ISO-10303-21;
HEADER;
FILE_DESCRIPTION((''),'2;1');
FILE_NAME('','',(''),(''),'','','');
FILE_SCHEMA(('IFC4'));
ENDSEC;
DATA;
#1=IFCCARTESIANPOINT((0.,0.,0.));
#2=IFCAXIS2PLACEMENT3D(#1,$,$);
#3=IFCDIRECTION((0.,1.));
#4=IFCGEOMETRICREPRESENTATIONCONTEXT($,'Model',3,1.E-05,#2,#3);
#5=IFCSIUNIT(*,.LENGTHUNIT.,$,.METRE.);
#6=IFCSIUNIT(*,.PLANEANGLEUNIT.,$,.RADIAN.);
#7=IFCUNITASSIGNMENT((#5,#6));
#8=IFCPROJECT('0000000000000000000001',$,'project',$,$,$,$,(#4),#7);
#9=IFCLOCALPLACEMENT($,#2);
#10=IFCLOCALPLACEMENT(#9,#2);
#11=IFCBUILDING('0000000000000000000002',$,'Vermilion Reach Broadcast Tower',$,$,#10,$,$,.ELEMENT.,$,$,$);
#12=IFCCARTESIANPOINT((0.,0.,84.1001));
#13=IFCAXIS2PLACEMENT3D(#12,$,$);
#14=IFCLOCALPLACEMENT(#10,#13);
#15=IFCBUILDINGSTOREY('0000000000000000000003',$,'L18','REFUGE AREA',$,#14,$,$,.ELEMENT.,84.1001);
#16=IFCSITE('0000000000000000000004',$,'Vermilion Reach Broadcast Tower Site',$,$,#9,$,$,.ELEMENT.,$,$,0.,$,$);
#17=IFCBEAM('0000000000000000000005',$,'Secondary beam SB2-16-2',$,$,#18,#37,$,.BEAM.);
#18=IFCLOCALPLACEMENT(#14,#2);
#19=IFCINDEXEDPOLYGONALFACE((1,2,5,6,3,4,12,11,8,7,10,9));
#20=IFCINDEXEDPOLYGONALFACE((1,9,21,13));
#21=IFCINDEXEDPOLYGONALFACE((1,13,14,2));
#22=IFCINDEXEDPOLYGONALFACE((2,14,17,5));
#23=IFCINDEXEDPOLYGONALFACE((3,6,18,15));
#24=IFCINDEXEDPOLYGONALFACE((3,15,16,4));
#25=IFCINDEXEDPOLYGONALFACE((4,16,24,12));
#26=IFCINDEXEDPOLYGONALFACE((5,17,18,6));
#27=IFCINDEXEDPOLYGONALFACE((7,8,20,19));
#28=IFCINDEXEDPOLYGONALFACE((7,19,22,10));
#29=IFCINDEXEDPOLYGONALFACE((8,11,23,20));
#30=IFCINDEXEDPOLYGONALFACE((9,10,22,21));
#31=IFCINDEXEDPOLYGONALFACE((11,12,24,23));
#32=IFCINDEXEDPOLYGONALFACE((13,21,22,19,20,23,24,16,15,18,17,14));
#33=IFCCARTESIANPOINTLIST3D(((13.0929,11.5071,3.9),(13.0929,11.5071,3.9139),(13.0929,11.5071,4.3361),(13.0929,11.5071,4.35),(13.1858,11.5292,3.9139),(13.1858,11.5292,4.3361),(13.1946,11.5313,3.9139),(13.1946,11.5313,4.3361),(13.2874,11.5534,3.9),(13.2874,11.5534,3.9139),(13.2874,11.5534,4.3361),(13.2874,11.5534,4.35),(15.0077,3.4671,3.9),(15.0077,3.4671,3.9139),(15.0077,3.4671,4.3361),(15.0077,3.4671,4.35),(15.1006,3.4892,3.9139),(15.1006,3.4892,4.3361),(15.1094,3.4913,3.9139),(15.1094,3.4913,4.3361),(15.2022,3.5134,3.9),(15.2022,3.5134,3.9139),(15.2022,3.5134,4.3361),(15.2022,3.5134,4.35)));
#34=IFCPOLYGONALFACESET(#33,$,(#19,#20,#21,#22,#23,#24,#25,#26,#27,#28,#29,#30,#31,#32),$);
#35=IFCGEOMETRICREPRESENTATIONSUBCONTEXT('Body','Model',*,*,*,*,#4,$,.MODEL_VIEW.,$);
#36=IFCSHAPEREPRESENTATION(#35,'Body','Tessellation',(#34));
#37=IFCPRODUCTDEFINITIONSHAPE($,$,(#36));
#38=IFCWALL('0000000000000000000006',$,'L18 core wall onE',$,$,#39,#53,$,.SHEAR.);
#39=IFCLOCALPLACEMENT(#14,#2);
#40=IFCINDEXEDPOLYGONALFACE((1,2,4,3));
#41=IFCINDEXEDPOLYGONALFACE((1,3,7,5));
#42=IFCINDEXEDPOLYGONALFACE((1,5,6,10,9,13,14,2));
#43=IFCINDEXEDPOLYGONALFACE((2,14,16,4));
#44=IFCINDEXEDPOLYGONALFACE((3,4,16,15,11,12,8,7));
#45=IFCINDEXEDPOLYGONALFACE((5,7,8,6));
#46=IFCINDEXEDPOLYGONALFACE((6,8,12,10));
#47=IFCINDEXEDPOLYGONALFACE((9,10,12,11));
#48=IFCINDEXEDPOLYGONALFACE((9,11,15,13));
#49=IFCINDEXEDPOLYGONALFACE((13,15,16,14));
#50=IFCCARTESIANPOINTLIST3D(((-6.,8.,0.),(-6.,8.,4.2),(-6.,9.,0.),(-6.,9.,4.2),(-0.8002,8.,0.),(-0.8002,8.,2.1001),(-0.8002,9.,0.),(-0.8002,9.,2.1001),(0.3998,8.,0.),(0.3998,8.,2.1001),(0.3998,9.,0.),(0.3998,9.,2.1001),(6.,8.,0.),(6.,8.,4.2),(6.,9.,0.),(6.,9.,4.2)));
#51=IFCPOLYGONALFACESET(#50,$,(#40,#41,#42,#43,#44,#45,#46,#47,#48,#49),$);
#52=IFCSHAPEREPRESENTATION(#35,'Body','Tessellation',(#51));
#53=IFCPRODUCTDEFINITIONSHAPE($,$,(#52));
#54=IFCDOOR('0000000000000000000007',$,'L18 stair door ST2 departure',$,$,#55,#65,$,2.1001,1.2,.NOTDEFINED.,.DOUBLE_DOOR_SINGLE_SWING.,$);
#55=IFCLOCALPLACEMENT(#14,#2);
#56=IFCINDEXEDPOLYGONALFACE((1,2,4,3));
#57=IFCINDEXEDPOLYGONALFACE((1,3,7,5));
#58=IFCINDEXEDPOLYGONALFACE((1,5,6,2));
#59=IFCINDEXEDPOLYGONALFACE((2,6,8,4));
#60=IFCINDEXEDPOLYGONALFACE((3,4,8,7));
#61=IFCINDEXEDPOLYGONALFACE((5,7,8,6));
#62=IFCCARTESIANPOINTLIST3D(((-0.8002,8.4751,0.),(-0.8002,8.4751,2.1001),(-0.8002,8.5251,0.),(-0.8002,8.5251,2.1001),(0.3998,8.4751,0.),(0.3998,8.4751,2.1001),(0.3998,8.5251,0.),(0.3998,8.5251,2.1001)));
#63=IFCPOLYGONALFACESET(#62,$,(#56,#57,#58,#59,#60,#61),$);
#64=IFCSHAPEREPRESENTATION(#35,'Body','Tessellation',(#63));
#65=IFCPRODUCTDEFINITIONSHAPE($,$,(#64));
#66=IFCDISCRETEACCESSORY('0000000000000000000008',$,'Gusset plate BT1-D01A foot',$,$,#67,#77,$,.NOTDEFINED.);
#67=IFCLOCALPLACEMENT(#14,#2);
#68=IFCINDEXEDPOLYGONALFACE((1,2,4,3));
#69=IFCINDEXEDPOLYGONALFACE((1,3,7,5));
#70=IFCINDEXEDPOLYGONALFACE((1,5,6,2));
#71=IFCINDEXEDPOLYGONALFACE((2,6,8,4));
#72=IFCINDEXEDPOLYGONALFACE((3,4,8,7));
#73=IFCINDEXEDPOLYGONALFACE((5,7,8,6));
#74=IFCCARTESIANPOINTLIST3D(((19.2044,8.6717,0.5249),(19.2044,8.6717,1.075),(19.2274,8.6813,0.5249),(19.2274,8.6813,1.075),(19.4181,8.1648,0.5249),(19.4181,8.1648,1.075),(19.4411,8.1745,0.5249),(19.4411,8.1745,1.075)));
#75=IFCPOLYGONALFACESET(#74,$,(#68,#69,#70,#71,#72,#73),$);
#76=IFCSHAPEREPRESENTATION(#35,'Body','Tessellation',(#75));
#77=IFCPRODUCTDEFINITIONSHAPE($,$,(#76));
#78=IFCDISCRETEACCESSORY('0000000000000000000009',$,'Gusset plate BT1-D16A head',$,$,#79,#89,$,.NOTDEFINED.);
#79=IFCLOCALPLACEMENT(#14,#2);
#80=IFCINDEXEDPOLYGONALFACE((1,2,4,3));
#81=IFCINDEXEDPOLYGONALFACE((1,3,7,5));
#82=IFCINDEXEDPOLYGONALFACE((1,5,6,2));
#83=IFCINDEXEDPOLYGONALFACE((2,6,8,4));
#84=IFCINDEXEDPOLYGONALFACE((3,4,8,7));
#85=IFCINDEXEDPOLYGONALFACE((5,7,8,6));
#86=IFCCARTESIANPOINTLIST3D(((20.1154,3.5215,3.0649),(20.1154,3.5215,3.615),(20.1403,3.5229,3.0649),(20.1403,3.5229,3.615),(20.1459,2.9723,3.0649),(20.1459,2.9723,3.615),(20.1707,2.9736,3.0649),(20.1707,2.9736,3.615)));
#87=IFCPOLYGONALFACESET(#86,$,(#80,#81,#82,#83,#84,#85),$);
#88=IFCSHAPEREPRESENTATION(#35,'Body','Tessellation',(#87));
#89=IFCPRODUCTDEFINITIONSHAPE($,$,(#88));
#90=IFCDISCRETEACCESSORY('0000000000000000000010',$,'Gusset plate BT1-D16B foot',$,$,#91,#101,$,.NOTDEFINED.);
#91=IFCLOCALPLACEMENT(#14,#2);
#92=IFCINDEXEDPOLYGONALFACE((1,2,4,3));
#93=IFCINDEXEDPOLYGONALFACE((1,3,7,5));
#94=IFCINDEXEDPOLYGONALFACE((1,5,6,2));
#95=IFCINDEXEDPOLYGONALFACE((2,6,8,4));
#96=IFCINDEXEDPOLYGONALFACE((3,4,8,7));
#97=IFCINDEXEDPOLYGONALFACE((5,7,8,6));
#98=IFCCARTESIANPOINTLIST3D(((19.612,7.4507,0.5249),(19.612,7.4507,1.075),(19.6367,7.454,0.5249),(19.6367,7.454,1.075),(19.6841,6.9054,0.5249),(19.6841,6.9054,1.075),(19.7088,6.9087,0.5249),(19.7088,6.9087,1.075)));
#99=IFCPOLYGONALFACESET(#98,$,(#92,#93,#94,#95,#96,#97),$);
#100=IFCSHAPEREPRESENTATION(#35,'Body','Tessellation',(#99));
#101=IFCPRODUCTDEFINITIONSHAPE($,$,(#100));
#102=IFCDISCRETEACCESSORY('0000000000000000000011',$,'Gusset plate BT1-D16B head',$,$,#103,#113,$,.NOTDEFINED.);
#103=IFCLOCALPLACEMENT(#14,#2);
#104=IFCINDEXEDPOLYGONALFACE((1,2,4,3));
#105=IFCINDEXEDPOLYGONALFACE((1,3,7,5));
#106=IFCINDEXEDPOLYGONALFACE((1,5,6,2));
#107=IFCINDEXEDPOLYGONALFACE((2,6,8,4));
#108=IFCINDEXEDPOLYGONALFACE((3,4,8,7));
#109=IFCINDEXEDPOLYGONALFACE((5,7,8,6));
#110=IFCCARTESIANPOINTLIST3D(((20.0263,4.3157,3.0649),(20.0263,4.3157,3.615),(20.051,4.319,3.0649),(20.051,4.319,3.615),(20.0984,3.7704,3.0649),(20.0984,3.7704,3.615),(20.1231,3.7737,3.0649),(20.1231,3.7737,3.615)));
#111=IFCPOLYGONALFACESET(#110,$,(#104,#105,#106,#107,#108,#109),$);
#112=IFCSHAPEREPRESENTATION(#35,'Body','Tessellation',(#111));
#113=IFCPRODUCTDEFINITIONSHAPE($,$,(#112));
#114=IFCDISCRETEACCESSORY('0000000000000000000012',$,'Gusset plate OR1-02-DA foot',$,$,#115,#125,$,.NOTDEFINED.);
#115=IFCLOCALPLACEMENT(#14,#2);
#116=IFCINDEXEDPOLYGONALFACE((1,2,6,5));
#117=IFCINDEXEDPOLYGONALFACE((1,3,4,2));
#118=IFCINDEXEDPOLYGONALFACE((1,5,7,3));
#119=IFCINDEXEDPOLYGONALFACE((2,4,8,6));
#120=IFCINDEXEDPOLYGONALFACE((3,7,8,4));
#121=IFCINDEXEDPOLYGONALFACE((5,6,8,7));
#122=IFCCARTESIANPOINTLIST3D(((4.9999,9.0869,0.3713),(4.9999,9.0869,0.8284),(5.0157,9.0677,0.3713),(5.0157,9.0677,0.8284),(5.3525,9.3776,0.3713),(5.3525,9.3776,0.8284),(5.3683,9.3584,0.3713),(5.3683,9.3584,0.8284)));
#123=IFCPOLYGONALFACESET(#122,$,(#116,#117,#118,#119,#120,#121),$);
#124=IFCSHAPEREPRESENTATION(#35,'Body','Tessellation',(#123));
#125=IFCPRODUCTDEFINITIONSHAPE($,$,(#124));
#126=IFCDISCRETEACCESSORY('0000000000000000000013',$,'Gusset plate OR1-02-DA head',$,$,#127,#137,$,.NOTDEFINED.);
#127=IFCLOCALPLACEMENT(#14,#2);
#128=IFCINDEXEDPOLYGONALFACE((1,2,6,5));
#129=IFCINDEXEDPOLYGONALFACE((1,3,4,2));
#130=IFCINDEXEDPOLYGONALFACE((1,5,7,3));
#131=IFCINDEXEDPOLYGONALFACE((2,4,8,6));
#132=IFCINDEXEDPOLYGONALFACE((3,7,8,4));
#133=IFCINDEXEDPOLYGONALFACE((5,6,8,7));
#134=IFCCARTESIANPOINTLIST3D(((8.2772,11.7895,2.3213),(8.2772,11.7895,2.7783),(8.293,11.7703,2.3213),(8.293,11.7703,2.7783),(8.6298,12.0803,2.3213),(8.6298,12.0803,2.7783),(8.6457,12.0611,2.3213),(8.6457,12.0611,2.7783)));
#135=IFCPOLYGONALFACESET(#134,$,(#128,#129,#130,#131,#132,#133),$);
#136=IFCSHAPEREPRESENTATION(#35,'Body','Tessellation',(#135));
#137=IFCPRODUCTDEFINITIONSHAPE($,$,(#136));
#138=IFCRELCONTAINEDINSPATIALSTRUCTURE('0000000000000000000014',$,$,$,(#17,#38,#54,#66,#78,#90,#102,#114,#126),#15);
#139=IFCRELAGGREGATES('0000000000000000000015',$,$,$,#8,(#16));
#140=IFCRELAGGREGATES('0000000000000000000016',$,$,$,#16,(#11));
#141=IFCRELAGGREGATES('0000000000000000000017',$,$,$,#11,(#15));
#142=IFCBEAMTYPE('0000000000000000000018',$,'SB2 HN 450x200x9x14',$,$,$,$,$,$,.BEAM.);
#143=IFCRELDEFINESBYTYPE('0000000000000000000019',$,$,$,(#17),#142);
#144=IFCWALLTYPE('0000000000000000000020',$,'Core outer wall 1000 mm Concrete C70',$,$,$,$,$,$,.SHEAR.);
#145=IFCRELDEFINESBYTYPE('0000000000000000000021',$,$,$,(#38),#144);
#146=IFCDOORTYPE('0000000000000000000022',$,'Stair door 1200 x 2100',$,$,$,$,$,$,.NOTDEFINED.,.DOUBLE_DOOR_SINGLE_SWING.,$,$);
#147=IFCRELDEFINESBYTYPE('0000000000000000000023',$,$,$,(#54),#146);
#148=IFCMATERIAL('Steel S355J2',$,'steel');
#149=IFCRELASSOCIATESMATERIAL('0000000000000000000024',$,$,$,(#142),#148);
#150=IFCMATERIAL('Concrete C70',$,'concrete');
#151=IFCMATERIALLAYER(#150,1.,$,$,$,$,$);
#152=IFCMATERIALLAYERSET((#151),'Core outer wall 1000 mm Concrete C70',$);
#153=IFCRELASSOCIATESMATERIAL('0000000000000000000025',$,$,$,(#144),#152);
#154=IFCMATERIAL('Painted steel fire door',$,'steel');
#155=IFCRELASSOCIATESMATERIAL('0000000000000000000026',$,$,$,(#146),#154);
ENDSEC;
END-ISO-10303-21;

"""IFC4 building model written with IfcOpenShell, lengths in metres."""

from ifc_helpers import new_model, si_unit, direction, frame, frame_2d, origin, origin_2d, place, context, subcontext, project, spatial, rectangle, i_section, extrude, material, layer, layer_set, material_profile, profile_set, type_object, element, fill, save


model = new_model("IFC4")

# Units and contexts
model_context = context("Model", 3, precision=1e-05, world=origin(), true_north=direction((0.0, 1.0)))
body_context = subcontext(model_context, "Body", "Model", "MODEL_VIEW")
ifc_project = project(units=[si_unit("LENGTHUNIT", "METRE"), si_unit("PLANEANGLEUNIT", "RADIAN")], contexts=[model_context])

# Site, building, storey
site_placement = place(None, origin())
site = spatial("IfcSite", under=ifc_project, at=site_placement, Name="Vermilion Reach Broadcast Tower Site", CompositionType="ELEMENT", RefElevation=0.0)
building_placement = place(site_placement, origin())
building = spatial("IfcBuilding", under=site, at=building_placement, Name="Vermilion Reach Broadcast Tower", CompositionType="ELEMENT")
storey_placement = place(building_placement, frame((0.0, 0.0, 84.1001)))
storey = spatial("IfcBuildingStorey", under=building, at=storey_placement, Name="L18", Description="REFUGE AREA", CompositionType="ELEMENT", Elevation=84.1001)

# Beam
ifc_material_1 = material(Name="Steel S355J2", Category="steel")
ifc_material_profile_1 = material_profile(ifc_material_1, i_section(OverallWidth=0.2, OverallDepth=0.45, WebThickness=0.009, FlangeThickness=0.0139, at=origin_2d()), Name="S355J2 HN 450x200x9x14")
ifc_profile_set_1 = profile_set([ifc_material_profile_1], Name="Steel S355J2")
beam_type_1 = type_object("IfcBeamType", Name="SB2 HN 450x200x9x14", PredefinedType="BEAM", material=ifc_profile_set_1)
beam_1_placement = place(storey_placement, frame((15.105, 3.4902, 4.125), z_axis=(-0.231678, 0.972793, 0.0), x_axis=(-0.972793, -0.231678, 0.0)))
element("IfcBeam", 1, at=beam_1_placement, inside=storey, type_object=beam_type_1, Name="Secondary beam SB2-16-2", PredefinedType="BEAM", context=body_context, shape_type="SweptSolid", body=[
    extrude(i_section(OverallWidth=0.2, OverallDepth=0.45, WebThickness=0.009, FlangeThickness=0.0139, at=origin_2d()), origin(), (0.0, 0.0, 1.0), 8.2649),
])

# Wall, opening, door
ifc_material_2 = material(Name="Concrete C70", Category="concrete")
ifc_layer = layer(ifc_material_2, 1.0)
ifc_layer_set = layer_set([ifc_layer], Name="Core outer wall 1000 mm Concrete C70")
wall_type = type_object("IfcWallType", Name="Core outer wall 1000 mm Concrete C70", PredefinedType="SHEAR", material=ifc_layer_set)
wall_placement = place(storey_placement, frame((6.0, 8.5, 0.0), z_axis=(0.0, 0.0, 1.0), x_axis=(-1.0, 0.0, 0.0)))
wall = element("IfcWall", 2, at=wall_placement, inside=storey, type_object=wall_type, Name="L18 core wall onE", PredefinedType="SHEAR", context=body_context, shape_type="SweptSolid", body=[
    extrude(rectangle(XDim=12.0, YDim=1.0, at=frame_2d((6.0, 0.0))), origin(), (0.0, 0.0, 1.0), 4.2),
])
opening_placement = place(wall_placement, frame((5.6001, 0.0, 0.0)))
opening = element("IfcOpeningElement", 3, at=opening_placement, cuts=wall, PredefinedType="OPENING", context=body_context, shape_type="SweptSolid", body=[
    extrude(rectangle(XDim=1.2, YDim=2.1001, at=frame_2d((0.6001, 1.05))), frame((0.0, 0.51, 0.0), z_axis=(0.0, -1.0, 0.0), x_axis=(1.0, 0.0, 0.0)), (0.0, 0.0, 1.0), 1.02),
])
ifc_material_3 = material(Name="Painted steel fire door", Category="steel")
door_type = type_object("IfcDoorType", Name="Stair door 1200 x 2100", OperationType="DOUBLE_DOOR_SINGLE_SWING", PredefinedType="NOTDEFINED", material=ifc_material_3)
door_placement = place(opening_placement, origin())
door = element("IfcDoor", 4, at=door_placement, inside=storey, type_object=door_type, Name="L18 stair door ST2 departure", OperationType="DOUBLE_DOOR_SINGLE_SWING", OverallHeight=2.1001, OverallWidth=1.2, PredefinedType="NOTDEFINED", context=body_context, shape_type="SweptSolid", body=[
    extrude(rectangle(XDim=1.2, YDim=2.1001, at=frame_2d((0.6001, 1.05))), frame((0.0, 0.0249, 0.0), z_axis=(0.0, -1.0, 0.0), x_axis=(1.0, 0.0, 0.0)), (0.0, 0.0, 1.0), 0.05),
])
fill(opening, door)

# Discrete accessories
for number, where, z_axis, x_axis, name in (
    (5, (19.3228, 8.4231, 0.5249), (0.0, 0.0, 1.0), (-0.92143, -0.388544, 0.0), "Gusset plate BT1-D01A foot"),
    (6, (20.1431, 3.2476, 3.0649), (0.0, 0.0, 1.0), (-0.998466, -0.055368, 0.0), "Gusset plate BT1-D16A head"),
    (7, (19.6604, 7.1797, 0.5249), (0.0, 0.0, 1.0), (0.991386, 0.130971, 0.0), "Gusset plate BT1-D16B foot"),
    (8, (20.0747, 4.0447, 3.0649), (0.0, 0.0, 1.0), (0.991386, 0.130971, 0.0), "Gusset plate BT1-D16B head"),
):
    element("IfcDiscreteAccessory", number, at=place(storey_placement, frame(where, z_axis=z_axis, x_axis=x_axis)), inside=storey, Name=name, PredefinedType="NOTDEFINED", context=body_context, shape_type="SweptSolid", body=[
        extrude(rectangle(XDim=0.0249, YDim=0.55, at=origin_2d()), origin(), (0.0, 0.0, 1.0), 0.55),
    ])
for number, where, z_axis, x_axis, name in (
    (9, (5.1841, 9.2227, 0.3713), (0.0, 0.0, 1.0), (-0.636213, 0.771513, 0.0), "Gusset plate OR1-02-DA foot"),
    (10, (8.4614, 11.9253, 2.3213), (0.0, 0.0, 1.0), (-0.636213, 0.771513, 0.0), "Gusset plate OR1-02-DA head"),
):
    element("IfcDiscreteAccessory", number, at=place(storey_placement, frame(where, z_axis=z_axis, x_axis=x_axis)), inside=storey, Name=name, PredefinedType="NOTDEFINED", context=body_context, shape_type="SweptSolid", body=[
        extrude(rectangle(XDim=0.0249, YDim=0.457, at=origin_2d()), origin(), (0.0, 0.0, 1.0), 0.457),
    ])

save(model, "model.ifc")
